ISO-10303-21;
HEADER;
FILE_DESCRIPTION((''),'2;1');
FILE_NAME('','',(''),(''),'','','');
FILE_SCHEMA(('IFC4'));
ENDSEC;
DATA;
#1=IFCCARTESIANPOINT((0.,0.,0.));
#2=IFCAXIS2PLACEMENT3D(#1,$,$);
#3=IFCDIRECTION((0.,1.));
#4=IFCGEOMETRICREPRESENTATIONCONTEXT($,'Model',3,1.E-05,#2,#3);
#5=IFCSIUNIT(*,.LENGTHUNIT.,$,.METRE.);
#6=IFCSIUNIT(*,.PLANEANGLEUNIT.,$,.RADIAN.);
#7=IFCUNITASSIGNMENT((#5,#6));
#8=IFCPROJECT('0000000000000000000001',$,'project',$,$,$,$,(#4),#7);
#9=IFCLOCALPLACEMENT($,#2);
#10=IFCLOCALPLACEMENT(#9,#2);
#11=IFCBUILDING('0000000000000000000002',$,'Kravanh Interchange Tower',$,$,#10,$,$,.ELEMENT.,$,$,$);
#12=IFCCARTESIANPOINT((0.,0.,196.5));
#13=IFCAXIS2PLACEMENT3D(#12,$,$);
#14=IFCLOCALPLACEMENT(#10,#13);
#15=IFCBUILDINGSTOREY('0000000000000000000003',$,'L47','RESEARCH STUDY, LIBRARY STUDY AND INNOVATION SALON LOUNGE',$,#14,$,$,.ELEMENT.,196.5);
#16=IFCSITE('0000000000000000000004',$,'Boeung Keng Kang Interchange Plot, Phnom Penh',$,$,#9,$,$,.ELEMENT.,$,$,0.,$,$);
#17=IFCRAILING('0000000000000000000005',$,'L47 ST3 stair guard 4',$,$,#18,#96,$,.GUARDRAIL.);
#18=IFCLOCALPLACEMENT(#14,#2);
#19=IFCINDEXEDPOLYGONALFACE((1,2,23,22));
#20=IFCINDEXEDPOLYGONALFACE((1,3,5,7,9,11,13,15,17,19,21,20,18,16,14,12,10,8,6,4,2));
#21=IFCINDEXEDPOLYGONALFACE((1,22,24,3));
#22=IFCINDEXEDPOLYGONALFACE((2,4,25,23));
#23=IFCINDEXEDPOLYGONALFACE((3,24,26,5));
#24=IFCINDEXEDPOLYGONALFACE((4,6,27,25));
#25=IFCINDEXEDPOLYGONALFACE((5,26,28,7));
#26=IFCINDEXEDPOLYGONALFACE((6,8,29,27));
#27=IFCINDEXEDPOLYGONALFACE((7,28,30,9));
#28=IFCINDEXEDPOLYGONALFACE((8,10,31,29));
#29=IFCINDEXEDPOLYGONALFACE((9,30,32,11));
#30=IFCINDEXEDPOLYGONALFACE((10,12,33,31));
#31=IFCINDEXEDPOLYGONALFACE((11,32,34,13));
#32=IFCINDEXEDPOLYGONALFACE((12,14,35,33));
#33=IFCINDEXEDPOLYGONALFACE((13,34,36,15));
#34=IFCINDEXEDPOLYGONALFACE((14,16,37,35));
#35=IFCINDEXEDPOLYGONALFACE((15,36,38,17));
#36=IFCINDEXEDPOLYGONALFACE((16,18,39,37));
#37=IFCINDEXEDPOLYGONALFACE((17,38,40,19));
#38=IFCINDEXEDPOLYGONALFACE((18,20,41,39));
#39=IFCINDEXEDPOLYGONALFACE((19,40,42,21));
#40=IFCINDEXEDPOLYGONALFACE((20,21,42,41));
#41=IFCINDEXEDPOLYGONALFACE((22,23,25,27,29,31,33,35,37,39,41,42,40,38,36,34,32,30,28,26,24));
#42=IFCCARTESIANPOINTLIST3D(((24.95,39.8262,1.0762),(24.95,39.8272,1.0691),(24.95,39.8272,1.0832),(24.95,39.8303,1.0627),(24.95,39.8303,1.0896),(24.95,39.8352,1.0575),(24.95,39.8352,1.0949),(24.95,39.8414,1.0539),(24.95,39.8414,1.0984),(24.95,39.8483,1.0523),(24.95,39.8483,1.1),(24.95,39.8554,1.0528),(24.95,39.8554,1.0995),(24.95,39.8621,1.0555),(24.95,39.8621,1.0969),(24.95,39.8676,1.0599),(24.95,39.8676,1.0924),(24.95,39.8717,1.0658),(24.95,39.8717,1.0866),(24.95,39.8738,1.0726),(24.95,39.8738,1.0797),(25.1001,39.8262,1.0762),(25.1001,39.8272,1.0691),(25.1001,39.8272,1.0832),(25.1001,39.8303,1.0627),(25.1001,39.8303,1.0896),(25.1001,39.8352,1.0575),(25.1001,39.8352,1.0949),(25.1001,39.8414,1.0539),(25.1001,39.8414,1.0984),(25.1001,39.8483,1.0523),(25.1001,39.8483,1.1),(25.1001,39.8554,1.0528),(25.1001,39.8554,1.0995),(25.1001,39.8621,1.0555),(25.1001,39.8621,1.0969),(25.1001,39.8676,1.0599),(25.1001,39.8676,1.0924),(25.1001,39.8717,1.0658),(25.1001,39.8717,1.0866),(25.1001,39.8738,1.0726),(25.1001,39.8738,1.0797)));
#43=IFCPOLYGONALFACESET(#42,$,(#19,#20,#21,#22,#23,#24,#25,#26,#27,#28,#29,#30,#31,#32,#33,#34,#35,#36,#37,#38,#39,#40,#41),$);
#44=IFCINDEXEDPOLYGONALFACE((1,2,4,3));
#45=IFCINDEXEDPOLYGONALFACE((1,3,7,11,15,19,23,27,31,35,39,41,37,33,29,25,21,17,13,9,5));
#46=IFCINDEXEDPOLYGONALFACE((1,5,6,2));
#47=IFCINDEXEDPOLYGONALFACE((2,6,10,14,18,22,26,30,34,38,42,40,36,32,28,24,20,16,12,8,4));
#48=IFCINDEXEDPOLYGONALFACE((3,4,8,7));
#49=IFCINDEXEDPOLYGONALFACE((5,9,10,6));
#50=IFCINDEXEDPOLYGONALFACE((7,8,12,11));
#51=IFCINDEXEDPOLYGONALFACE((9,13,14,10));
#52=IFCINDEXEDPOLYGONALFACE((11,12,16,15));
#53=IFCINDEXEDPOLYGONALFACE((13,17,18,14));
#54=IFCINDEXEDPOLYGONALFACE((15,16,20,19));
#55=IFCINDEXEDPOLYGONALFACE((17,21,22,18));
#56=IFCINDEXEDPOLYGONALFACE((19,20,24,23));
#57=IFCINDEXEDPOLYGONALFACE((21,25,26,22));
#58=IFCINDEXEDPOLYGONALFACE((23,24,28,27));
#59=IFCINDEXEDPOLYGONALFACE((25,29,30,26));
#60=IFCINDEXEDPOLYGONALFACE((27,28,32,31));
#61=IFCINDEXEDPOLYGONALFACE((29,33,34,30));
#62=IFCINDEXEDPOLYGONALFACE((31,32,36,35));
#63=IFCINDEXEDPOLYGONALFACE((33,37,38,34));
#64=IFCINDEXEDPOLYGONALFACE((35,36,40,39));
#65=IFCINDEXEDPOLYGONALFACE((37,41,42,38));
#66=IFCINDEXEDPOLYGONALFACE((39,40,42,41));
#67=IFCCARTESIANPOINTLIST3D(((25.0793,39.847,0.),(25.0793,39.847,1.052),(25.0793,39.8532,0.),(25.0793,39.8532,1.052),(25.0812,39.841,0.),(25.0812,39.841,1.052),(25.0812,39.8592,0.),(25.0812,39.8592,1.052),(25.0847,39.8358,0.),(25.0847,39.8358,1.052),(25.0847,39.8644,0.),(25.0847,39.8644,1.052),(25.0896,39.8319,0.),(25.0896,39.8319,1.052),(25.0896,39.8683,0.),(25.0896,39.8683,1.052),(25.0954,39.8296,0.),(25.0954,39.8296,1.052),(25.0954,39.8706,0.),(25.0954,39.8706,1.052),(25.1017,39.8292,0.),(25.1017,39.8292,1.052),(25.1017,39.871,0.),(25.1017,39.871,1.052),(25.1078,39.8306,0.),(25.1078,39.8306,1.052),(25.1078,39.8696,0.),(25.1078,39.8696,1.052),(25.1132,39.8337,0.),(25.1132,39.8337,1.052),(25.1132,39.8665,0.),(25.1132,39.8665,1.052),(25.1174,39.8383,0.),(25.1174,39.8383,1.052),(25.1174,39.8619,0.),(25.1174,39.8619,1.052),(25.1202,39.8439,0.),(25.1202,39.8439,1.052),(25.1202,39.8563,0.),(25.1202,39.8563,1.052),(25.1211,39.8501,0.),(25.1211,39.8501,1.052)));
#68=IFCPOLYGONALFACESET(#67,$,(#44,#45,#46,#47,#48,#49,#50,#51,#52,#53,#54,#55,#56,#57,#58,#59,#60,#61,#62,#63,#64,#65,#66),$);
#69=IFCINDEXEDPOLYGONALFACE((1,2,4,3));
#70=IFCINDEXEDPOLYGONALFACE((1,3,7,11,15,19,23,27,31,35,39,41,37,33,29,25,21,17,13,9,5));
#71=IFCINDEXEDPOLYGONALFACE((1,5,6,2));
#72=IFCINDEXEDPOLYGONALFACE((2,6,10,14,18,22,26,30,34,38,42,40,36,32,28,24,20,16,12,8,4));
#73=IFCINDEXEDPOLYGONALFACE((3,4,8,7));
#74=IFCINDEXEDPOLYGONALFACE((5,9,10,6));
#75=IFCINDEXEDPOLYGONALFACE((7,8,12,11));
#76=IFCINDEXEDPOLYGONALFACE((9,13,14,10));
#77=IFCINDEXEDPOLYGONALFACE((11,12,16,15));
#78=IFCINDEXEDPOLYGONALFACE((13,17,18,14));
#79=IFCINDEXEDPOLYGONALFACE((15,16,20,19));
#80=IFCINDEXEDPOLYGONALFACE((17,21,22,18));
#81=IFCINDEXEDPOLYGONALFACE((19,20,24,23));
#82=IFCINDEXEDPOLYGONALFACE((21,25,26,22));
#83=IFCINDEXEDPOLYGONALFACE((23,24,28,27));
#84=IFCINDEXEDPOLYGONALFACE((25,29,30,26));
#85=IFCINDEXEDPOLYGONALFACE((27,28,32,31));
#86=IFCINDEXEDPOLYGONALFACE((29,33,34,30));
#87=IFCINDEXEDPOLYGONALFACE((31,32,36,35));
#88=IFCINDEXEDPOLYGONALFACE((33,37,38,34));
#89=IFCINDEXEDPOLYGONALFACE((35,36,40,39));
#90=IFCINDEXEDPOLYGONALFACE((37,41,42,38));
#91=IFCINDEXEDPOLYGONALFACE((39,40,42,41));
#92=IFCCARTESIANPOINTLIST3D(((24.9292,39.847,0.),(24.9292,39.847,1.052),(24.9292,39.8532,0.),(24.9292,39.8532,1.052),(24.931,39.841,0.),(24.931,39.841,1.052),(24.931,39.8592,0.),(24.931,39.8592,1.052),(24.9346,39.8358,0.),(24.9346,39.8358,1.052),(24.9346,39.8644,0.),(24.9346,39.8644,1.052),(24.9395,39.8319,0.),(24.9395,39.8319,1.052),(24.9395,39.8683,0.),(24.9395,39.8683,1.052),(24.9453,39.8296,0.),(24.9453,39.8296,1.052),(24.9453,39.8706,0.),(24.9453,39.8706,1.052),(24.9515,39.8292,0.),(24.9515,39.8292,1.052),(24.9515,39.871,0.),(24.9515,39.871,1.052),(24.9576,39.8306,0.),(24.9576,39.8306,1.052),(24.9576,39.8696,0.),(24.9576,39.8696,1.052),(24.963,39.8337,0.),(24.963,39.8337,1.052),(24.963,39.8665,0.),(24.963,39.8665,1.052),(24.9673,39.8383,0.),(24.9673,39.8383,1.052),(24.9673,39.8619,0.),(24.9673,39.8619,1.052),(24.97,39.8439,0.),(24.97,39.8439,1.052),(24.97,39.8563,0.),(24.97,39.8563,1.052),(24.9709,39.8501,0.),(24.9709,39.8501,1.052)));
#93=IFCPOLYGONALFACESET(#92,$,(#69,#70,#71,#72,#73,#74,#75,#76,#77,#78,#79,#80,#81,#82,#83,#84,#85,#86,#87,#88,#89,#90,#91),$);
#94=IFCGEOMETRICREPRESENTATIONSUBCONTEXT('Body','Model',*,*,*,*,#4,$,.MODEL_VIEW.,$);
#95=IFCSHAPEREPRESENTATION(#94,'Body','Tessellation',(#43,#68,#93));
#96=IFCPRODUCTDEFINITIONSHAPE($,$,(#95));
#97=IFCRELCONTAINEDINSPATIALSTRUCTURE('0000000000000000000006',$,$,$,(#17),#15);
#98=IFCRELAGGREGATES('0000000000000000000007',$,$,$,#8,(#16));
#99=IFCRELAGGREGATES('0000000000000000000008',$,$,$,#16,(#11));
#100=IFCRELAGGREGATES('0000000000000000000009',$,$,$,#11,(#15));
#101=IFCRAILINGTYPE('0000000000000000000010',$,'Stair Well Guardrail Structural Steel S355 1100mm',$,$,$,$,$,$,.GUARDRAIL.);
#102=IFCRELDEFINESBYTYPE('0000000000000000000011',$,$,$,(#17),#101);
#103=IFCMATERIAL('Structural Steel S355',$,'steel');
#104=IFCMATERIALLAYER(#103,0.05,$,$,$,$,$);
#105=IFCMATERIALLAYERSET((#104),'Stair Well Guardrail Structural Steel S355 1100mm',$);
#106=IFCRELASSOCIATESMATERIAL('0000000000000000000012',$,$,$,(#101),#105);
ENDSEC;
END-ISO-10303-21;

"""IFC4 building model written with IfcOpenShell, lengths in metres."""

from ifc_helpers import new_model, si_unit, direction, frame, origin, origin_2d, place, context, subcontext, project, spatial, circle, extrude, material, layer, layer_set, type_object, element, save


model = new_model("IFC4")

# Units and contexts
model_context = context("Model", 3, precision=1e-05, world=origin(), true_north=direction((0.0, 1.0)))
body_context = subcontext(model_context, "Body", "Model", "MODEL_VIEW")
ifc_project = project(units=[si_unit("LENGTHUNIT", "METRE"), si_unit("PLANEANGLEUNIT", "RADIAN")], contexts=[model_context])

# Site, building, storey
site_placement = place(None, origin())
site = spatial("IfcSite", under=ifc_project, at=site_placement, Name="Boeung Keng Kang Interchange Plot, Phnom Penh", CompositionType="ELEMENT", RefElevation=0.0)
building_placement = place(site_placement, origin())
building = spatial("IfcBuilding", under=site, at=building_placement, Name="Kravanh Interchange Tower", CompositionType="ELEMENT")
storey_placement = place(building_placement, frame((0.0, 0.0, 196.5)))
storey = spatial("IfcBuildingStorey", under=building, at=storey_placement, Name="L47", Description="RESEARCH STUDY, LIBRARY STUDY AND INNOVATION SALON LOUNGE", CompositionType="ELEMENT", Elevation=196.5)

# Railing
ifc_material_1 = material(Name="Structural Steel S355", Category="steel")
ifc_layer_1 = layer(ifc_material_1, 0.05)
ifc_layer_set_1 = layer_set([ifc_layer_1], Name="Stair Well Guardrail Structural Steel S355 1100mm")
railing_type_1 = type_object("IfcRailingType", Name="Stair Well Guardrail Structural Steel S355 1100mm", PredefinedType="GUARDRAIL", material=ifc_layer_set_1)
railing_1_placement = place(storey_placement, frame((25.1001, 39.8501, 0.0)))
element("IfcRailing", 1, at=railing_1_placement, inside=storey, type_object=railing_type_1, Name="L47 ST3 stair guard 4", PredefinedType="GUARDRAIL", context=body_context, shape_type="SweptSolid", body=[
    extrude(circle(Radius=0.0239, at=origin_2d()), frame((0.0, 0.0, 1.0762), z_axis=(-1.0, 0.0, 0.0), x_axis=(0.0, -1.0, 0.0)), (0.0, 0.0, 1.0), 0.1501),
    extrude(circle(Radius=0.021, at=origin_2d()), origin(), (0.0, 0.0, 1.0), 1.052),
    extrude(circle(Radius=0.021, at=origin_2d()), frame((-0.1501, 0.0, 0.0)), (0.0, 0.0, 1.0), 1.052),
])

save(model, "model.ifc")
